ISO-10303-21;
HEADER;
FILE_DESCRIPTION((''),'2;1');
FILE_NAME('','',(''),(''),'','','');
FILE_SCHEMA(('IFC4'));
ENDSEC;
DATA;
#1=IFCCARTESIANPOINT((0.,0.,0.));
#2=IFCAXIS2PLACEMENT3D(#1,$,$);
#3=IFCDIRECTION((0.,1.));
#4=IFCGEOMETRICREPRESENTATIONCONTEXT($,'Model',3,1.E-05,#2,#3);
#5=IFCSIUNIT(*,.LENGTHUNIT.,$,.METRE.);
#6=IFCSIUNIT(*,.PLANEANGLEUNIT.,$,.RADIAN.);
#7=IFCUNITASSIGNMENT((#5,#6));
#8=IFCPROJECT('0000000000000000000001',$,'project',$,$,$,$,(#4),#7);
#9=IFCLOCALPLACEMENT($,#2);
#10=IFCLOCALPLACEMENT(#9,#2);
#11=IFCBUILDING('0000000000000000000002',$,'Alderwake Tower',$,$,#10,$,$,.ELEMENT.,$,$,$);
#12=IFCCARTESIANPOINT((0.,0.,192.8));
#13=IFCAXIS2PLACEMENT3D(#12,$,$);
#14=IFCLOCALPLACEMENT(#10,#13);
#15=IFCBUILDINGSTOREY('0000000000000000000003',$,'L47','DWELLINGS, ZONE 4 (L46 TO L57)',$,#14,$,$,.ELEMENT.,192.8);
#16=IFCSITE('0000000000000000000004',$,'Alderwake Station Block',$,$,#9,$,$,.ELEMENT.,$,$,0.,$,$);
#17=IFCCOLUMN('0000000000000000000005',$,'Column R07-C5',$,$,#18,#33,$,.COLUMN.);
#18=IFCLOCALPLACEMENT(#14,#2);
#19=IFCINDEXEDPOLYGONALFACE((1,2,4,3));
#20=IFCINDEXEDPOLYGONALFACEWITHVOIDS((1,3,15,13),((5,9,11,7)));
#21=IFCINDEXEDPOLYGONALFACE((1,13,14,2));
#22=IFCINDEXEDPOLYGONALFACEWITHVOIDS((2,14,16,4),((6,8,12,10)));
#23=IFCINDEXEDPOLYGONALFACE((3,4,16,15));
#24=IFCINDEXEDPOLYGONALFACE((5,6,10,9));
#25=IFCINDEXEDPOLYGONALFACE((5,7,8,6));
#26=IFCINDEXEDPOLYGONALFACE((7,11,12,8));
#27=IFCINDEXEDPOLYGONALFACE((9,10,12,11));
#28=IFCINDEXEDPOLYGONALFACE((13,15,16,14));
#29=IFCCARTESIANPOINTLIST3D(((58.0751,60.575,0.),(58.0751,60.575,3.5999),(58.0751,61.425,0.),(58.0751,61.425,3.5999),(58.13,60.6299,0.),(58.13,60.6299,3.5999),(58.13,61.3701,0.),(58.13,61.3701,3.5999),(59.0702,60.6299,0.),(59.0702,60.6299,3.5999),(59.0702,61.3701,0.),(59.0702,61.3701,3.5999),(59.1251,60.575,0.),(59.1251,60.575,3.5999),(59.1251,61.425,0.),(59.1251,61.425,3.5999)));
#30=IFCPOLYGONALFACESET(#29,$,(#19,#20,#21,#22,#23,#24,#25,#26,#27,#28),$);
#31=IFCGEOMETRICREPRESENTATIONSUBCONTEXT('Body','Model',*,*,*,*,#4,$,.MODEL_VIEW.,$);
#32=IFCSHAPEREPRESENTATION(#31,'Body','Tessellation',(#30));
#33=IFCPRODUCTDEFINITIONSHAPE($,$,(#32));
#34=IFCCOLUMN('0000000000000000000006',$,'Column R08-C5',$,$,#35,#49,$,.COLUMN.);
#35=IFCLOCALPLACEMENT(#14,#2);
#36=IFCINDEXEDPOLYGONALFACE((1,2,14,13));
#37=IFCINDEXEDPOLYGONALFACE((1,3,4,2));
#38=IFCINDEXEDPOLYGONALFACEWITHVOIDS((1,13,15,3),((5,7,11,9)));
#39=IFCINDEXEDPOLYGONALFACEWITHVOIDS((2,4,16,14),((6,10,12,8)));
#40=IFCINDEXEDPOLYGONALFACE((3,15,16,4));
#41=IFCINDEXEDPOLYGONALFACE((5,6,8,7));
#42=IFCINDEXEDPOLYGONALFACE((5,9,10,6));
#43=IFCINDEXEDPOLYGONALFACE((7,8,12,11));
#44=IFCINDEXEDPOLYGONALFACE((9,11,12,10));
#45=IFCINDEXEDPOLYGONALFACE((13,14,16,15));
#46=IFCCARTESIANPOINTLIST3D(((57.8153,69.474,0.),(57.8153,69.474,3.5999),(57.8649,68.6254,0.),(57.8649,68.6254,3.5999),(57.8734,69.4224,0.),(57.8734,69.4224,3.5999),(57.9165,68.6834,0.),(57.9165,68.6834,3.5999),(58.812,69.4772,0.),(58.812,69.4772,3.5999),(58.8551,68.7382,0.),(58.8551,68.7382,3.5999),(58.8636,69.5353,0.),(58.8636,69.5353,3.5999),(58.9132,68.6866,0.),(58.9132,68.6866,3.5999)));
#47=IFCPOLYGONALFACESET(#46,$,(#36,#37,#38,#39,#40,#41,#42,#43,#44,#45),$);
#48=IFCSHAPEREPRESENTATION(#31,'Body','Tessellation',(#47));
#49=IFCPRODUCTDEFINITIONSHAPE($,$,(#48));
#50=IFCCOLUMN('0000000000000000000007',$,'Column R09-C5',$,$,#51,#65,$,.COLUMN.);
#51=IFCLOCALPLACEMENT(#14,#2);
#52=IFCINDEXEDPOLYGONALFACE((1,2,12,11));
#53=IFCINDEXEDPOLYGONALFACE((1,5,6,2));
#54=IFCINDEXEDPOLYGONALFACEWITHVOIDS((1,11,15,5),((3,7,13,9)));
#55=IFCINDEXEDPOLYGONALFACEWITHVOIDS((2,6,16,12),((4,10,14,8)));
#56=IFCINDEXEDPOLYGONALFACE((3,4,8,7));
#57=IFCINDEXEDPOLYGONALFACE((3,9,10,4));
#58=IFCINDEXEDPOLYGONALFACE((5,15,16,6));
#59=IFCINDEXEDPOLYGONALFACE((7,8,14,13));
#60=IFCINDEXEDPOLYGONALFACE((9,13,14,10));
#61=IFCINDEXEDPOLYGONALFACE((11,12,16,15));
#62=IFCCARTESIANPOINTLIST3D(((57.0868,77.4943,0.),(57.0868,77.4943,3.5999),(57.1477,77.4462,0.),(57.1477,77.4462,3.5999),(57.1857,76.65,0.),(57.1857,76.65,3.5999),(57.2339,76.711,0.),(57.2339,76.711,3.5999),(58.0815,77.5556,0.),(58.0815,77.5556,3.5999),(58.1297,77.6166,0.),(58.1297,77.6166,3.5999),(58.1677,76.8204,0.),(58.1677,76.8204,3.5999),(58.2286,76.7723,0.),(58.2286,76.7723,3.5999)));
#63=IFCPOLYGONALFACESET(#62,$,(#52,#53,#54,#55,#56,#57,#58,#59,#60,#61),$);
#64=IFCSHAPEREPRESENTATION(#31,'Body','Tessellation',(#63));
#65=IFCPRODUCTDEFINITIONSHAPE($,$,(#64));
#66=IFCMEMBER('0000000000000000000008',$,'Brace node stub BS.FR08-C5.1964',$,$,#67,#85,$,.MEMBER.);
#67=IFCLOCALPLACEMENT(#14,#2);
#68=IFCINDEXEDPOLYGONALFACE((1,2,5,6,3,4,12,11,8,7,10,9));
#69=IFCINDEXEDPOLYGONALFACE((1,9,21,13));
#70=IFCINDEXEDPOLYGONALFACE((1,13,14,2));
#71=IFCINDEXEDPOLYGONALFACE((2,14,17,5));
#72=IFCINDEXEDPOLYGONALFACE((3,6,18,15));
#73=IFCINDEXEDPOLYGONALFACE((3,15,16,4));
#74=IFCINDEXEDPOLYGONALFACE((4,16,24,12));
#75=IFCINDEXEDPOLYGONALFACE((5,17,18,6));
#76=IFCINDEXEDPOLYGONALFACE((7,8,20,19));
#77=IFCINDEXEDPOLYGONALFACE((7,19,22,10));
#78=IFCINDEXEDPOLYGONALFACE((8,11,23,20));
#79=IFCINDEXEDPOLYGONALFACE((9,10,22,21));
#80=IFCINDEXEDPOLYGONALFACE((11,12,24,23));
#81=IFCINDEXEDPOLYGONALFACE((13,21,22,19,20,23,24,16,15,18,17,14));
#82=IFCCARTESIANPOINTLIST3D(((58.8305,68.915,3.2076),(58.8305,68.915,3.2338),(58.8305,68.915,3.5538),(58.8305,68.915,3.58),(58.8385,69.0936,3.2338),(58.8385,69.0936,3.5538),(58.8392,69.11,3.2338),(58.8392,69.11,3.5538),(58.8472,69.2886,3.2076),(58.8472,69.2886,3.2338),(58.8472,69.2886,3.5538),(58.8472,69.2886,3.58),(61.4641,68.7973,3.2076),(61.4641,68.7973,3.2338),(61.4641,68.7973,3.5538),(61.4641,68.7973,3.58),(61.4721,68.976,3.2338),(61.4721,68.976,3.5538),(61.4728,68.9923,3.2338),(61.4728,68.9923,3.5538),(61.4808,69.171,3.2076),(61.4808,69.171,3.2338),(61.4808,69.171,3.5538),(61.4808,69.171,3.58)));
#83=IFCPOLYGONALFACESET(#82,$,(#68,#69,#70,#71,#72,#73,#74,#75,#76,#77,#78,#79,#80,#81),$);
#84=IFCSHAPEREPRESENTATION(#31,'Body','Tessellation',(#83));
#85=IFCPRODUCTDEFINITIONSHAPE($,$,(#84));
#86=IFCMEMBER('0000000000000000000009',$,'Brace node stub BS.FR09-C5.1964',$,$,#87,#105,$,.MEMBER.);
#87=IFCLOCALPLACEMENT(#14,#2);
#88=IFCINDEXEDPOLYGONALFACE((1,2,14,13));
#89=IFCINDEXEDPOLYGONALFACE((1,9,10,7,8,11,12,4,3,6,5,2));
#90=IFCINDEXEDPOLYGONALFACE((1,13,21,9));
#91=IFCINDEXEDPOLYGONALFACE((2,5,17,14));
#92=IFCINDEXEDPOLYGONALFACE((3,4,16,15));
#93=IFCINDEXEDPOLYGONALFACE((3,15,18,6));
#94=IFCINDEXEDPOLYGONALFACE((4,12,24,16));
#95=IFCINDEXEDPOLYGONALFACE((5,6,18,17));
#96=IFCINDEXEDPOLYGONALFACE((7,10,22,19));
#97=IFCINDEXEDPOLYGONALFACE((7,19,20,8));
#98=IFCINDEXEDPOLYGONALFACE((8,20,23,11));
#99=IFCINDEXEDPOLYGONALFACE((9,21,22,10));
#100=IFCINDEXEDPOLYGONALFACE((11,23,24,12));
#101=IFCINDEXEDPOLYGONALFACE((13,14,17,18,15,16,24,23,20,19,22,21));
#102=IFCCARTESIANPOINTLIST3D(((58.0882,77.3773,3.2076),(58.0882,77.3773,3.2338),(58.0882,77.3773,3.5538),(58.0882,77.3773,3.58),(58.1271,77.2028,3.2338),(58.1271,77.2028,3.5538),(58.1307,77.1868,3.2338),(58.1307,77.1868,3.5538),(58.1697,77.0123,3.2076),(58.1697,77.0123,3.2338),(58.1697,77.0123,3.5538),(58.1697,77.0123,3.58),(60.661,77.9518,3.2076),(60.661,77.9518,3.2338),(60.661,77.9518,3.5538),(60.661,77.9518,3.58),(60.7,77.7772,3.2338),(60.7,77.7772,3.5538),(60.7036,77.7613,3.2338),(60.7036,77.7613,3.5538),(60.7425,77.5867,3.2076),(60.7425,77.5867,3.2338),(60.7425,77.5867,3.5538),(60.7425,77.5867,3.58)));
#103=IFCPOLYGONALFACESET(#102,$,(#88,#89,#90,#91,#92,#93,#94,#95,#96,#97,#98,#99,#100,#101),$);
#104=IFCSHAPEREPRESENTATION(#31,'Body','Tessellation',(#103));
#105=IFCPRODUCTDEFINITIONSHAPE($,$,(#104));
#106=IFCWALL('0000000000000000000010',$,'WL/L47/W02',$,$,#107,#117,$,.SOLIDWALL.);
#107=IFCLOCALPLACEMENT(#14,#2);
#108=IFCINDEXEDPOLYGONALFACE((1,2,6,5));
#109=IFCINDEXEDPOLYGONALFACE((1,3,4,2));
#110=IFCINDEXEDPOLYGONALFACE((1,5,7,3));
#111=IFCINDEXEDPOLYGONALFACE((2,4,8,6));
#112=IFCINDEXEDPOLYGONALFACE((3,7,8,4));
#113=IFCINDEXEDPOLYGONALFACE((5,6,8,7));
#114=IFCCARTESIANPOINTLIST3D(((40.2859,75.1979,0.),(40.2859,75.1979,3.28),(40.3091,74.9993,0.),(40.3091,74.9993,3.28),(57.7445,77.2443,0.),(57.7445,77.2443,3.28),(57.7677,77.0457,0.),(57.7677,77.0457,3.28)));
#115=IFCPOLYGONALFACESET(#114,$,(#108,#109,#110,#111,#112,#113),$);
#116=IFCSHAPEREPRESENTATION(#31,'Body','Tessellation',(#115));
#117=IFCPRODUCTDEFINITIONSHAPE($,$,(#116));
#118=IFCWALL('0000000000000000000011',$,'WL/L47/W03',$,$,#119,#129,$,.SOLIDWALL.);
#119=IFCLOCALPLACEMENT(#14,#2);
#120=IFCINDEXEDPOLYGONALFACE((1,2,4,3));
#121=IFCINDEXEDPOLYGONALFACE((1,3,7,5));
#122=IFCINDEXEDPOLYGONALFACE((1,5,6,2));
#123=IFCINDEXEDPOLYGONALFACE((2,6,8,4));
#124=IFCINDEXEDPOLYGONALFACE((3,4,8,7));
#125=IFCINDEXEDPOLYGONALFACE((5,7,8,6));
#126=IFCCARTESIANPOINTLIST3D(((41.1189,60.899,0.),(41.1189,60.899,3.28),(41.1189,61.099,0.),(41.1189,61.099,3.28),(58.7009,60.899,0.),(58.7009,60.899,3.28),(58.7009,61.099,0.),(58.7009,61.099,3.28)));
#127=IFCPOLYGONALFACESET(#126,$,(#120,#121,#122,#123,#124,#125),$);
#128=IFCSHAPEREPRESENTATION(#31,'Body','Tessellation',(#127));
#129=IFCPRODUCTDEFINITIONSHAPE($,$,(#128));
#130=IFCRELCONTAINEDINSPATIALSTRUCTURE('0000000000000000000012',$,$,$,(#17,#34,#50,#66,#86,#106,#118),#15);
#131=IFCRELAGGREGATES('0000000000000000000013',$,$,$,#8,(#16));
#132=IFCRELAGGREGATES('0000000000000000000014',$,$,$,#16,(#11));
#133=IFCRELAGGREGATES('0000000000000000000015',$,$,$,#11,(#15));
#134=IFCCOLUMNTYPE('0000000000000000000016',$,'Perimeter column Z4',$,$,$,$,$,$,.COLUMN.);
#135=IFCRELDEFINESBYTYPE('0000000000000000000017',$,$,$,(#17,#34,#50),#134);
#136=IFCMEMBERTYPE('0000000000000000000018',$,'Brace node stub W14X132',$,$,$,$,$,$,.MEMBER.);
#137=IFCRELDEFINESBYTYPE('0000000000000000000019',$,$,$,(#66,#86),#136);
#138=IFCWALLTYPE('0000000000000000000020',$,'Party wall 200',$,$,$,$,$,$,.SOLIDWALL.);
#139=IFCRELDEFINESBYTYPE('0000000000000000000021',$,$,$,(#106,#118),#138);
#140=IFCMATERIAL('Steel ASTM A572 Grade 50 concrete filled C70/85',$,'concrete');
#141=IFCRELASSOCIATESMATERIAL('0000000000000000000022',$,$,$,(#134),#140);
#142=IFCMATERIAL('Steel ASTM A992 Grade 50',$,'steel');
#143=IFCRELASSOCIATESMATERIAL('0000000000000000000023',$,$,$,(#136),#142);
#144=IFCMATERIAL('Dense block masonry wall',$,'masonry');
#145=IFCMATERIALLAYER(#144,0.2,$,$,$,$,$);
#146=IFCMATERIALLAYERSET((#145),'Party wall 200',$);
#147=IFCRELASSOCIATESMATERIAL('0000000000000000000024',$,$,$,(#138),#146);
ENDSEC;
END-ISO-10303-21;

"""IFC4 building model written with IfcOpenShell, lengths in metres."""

from ifc_helpers import new_model, si_unit, direction, frame, frame_2d, origin, origin_2d, place, context, subcontext, project, spatial, rectangle, hollow_rectangle, i_section, extrude, material, layer, layer_set, material_profile, profile_set, type_object, element, save


model = new_model("IFC4")

# Units and contexts
model_context = context("Model", 3, precision=1e-05, world=origin(), true_north=direction((0.0, 1.0)))
body_context = subcontext(model_context, "Body", "Model", "MODEL_VIEW")
ifc_project = project(units=[si_unit("LENGTHUNIT", "METRE"), si_unit("PLANEANGLEUNIT", "RADIAN")], contexts=[model_context])

# Site, building, storey
site_placement = place(None, origin())
site = spatial("IfcSite", under=ifc_project, at=site_placement, Name="Alderwake Station Block", CompositionType="ELEMENT", RefElevation=0.0)
building_placement = place(site_placement, origin())
building = spatial("IfcBuilding", under=site, at=building_placement, Name="Alderwake Tower", CompositionType="ELEMENT")
storey_placement = place(building_placement, frame((0.0, 0.0, 192.8)))
storey = spatial("IfcBuildingStorey", under=building, at=storey_placement, Name="L47", Description="DWELLINGS, ZONE 4 (L46 TO L57)", CompositionType="ELEMENT", Elevation=192.8)

# Columns
ifc_material_1 = material(Name="Steel ASTM A572 Grade 50 concrete filled C70/85", Category="concrete")
ifc_material_profile_1 = material_profile(ifc_material_1, hollow_rectangle(XDim=0.8501, YDim=1.05, WallThickness=0.0549, at=origin_2d()), Name="BOX 1050X850X55")
ifc_profile_set_1 = profile_set([ifc_material_profile_1], Name="Steel ASTM A572 Grade 50 concrete filled C70/85")
column_type = type_object("IfcColumnType", Name="Perimeter column Z4", PredefinedType="COLUMN", material=ifc_profile_set_1)
for number, where, z_axis, x_axis, name in (
    (1, (58.6001, 61.0, 0.0), (0.0, 0.0, 1.0), (0.0, 1.0, 0.0), "Column R07-C5"),
    (2, (58.3643, 69.0803, 0.0), (0.0, 0.0, 1.0), (-0.058299, 0.998299, 0.0), "Column R08-C5"),
    (3, (57.6577, 77.1333, 0.0), (0.0, 0.0, 1.0), (-0.116402, 0.993202, 0.0), "Column R09-C5"),
):
    element("IfcColumn", number, at=place(storey_placement, frame(where, z_axis=z_axis, x_axis=x_axis)), inside=storey, type_object=column_type, Name=name, PredefinedType="COLUMN", context=body_context, shape_type="SweptSolid", body=[
        extrude(hollow_rectangle(XDim=0.8501, YDim=1.05, WallThickness=0.0549, at=origin_2d()), origin(), (0.0, 0.0, 1.0), 3.5999),
    ])

# Members
ifc_material_2 = material(Name="Steel ASTM A992 Grade 50", Category="steel")
ifc_material_profile_2 = material_profile(ifc_material_2, i_section(OverallWidth=0.374, OverallDepth=0.3723, WebThickness=0.0164, FlangeThickness=0.0261, at=origin_2d()), Name="W14X132")
ifc_profile_set_2 = profile_set([ifc_material_profile_2], Name="Steel ASTM A992 Grade 50")
member_type = type_object("IfcMemberType", Name="Brace node stub W14X132", PredefinedType="MEMBER", material=ifc_profile_set_2)
for number, where, z_axis, x_axis, name in (
    (4, (58.8389, 69.1018, 3.3938), (0.999003, -0.044639, 0.0), (0.044639, 0.999003, 0.0), "Brace node stub BS.FR08-C5.1964"),
    (5, (58.1289, 77.1948, 3.3938), (0.975971, 0.217901, 0.0), (-0.217901, 0.975971, 0.0), "Brace node stub BS.FR09-C5.1964"),
):
    element("IfcMember", number, at=place(storey_placement, frame(where, z_axis=z_axis, x_axis=x_axis)), inside=storey, type_object=member_type, Name=name, PredefinedType="MEMBER", context=body_context, shape_type="SweptSolid", body=[
        extrude(i_section(OverallWidth=0.374, OverallDepth=0.3723, WebThickness=0.0164, FlangeThickness=0.0261, at=origin_2d()), origin(), (0.0, 0.0, 1.0), 2.6362),
    ])

# Walls
ifc_material_3 = material(Name="Dense block masonry wall", Category="masonry")
ifc_layer_1 = layer(ifc_material_3, 0.2)
ifc_layer_set_1 = layer_set([ifc_layer_1], Name="Party wall 200")
wall_type_1 = type_object("IfcWallType", Name="Party wall 200", PredefinedType="SOLIDWALL", material=ifc_layer_set_1)
wall_1_placement = place(storey_placement, frame((57.7561, 77.145, 0.0), z_axis=(0.0, 0.0, 1.0), x_axis=(-0.9932, -0.116417, 0.0)))
element("IfcWall", 6, at=wall_1_placement, inside=storey, type_object=wall_type_1, Name="WL/L47/W02", PredefinedType="SOLIDWALL", context=body_context, shape_type="SweptSolid", body=[
    extrude(rectangle(XDim=17.5781, YDim=0.2, at=frame_2d((8.7891, 0.0))), origin(), (0.0, 0.0, 1.0), 3.28),
])
wall_2_placement = place(storey_placement, frame((58.7009, 60.999, 0.0), z_axis=(0.0, 0.0, 1.0), x_axis=(-1.0, 0.0, 0.0)))
element("IfcWall", 7, at=wall_2_placement, inside=storey, type_object=wall_type_1, Name="WL/L47/W03", PredefinedType="SOLIDWALL", context=body_context, shape_type="SweptSolid", body=[
    extrude(rectangle(XDim=17.582, YDim=0.2, at=frame_2d((8.791, 0.0))), origin(), (0.0, 0.0, 1.0), 3.28),
])

save(model, "model.ifc")
